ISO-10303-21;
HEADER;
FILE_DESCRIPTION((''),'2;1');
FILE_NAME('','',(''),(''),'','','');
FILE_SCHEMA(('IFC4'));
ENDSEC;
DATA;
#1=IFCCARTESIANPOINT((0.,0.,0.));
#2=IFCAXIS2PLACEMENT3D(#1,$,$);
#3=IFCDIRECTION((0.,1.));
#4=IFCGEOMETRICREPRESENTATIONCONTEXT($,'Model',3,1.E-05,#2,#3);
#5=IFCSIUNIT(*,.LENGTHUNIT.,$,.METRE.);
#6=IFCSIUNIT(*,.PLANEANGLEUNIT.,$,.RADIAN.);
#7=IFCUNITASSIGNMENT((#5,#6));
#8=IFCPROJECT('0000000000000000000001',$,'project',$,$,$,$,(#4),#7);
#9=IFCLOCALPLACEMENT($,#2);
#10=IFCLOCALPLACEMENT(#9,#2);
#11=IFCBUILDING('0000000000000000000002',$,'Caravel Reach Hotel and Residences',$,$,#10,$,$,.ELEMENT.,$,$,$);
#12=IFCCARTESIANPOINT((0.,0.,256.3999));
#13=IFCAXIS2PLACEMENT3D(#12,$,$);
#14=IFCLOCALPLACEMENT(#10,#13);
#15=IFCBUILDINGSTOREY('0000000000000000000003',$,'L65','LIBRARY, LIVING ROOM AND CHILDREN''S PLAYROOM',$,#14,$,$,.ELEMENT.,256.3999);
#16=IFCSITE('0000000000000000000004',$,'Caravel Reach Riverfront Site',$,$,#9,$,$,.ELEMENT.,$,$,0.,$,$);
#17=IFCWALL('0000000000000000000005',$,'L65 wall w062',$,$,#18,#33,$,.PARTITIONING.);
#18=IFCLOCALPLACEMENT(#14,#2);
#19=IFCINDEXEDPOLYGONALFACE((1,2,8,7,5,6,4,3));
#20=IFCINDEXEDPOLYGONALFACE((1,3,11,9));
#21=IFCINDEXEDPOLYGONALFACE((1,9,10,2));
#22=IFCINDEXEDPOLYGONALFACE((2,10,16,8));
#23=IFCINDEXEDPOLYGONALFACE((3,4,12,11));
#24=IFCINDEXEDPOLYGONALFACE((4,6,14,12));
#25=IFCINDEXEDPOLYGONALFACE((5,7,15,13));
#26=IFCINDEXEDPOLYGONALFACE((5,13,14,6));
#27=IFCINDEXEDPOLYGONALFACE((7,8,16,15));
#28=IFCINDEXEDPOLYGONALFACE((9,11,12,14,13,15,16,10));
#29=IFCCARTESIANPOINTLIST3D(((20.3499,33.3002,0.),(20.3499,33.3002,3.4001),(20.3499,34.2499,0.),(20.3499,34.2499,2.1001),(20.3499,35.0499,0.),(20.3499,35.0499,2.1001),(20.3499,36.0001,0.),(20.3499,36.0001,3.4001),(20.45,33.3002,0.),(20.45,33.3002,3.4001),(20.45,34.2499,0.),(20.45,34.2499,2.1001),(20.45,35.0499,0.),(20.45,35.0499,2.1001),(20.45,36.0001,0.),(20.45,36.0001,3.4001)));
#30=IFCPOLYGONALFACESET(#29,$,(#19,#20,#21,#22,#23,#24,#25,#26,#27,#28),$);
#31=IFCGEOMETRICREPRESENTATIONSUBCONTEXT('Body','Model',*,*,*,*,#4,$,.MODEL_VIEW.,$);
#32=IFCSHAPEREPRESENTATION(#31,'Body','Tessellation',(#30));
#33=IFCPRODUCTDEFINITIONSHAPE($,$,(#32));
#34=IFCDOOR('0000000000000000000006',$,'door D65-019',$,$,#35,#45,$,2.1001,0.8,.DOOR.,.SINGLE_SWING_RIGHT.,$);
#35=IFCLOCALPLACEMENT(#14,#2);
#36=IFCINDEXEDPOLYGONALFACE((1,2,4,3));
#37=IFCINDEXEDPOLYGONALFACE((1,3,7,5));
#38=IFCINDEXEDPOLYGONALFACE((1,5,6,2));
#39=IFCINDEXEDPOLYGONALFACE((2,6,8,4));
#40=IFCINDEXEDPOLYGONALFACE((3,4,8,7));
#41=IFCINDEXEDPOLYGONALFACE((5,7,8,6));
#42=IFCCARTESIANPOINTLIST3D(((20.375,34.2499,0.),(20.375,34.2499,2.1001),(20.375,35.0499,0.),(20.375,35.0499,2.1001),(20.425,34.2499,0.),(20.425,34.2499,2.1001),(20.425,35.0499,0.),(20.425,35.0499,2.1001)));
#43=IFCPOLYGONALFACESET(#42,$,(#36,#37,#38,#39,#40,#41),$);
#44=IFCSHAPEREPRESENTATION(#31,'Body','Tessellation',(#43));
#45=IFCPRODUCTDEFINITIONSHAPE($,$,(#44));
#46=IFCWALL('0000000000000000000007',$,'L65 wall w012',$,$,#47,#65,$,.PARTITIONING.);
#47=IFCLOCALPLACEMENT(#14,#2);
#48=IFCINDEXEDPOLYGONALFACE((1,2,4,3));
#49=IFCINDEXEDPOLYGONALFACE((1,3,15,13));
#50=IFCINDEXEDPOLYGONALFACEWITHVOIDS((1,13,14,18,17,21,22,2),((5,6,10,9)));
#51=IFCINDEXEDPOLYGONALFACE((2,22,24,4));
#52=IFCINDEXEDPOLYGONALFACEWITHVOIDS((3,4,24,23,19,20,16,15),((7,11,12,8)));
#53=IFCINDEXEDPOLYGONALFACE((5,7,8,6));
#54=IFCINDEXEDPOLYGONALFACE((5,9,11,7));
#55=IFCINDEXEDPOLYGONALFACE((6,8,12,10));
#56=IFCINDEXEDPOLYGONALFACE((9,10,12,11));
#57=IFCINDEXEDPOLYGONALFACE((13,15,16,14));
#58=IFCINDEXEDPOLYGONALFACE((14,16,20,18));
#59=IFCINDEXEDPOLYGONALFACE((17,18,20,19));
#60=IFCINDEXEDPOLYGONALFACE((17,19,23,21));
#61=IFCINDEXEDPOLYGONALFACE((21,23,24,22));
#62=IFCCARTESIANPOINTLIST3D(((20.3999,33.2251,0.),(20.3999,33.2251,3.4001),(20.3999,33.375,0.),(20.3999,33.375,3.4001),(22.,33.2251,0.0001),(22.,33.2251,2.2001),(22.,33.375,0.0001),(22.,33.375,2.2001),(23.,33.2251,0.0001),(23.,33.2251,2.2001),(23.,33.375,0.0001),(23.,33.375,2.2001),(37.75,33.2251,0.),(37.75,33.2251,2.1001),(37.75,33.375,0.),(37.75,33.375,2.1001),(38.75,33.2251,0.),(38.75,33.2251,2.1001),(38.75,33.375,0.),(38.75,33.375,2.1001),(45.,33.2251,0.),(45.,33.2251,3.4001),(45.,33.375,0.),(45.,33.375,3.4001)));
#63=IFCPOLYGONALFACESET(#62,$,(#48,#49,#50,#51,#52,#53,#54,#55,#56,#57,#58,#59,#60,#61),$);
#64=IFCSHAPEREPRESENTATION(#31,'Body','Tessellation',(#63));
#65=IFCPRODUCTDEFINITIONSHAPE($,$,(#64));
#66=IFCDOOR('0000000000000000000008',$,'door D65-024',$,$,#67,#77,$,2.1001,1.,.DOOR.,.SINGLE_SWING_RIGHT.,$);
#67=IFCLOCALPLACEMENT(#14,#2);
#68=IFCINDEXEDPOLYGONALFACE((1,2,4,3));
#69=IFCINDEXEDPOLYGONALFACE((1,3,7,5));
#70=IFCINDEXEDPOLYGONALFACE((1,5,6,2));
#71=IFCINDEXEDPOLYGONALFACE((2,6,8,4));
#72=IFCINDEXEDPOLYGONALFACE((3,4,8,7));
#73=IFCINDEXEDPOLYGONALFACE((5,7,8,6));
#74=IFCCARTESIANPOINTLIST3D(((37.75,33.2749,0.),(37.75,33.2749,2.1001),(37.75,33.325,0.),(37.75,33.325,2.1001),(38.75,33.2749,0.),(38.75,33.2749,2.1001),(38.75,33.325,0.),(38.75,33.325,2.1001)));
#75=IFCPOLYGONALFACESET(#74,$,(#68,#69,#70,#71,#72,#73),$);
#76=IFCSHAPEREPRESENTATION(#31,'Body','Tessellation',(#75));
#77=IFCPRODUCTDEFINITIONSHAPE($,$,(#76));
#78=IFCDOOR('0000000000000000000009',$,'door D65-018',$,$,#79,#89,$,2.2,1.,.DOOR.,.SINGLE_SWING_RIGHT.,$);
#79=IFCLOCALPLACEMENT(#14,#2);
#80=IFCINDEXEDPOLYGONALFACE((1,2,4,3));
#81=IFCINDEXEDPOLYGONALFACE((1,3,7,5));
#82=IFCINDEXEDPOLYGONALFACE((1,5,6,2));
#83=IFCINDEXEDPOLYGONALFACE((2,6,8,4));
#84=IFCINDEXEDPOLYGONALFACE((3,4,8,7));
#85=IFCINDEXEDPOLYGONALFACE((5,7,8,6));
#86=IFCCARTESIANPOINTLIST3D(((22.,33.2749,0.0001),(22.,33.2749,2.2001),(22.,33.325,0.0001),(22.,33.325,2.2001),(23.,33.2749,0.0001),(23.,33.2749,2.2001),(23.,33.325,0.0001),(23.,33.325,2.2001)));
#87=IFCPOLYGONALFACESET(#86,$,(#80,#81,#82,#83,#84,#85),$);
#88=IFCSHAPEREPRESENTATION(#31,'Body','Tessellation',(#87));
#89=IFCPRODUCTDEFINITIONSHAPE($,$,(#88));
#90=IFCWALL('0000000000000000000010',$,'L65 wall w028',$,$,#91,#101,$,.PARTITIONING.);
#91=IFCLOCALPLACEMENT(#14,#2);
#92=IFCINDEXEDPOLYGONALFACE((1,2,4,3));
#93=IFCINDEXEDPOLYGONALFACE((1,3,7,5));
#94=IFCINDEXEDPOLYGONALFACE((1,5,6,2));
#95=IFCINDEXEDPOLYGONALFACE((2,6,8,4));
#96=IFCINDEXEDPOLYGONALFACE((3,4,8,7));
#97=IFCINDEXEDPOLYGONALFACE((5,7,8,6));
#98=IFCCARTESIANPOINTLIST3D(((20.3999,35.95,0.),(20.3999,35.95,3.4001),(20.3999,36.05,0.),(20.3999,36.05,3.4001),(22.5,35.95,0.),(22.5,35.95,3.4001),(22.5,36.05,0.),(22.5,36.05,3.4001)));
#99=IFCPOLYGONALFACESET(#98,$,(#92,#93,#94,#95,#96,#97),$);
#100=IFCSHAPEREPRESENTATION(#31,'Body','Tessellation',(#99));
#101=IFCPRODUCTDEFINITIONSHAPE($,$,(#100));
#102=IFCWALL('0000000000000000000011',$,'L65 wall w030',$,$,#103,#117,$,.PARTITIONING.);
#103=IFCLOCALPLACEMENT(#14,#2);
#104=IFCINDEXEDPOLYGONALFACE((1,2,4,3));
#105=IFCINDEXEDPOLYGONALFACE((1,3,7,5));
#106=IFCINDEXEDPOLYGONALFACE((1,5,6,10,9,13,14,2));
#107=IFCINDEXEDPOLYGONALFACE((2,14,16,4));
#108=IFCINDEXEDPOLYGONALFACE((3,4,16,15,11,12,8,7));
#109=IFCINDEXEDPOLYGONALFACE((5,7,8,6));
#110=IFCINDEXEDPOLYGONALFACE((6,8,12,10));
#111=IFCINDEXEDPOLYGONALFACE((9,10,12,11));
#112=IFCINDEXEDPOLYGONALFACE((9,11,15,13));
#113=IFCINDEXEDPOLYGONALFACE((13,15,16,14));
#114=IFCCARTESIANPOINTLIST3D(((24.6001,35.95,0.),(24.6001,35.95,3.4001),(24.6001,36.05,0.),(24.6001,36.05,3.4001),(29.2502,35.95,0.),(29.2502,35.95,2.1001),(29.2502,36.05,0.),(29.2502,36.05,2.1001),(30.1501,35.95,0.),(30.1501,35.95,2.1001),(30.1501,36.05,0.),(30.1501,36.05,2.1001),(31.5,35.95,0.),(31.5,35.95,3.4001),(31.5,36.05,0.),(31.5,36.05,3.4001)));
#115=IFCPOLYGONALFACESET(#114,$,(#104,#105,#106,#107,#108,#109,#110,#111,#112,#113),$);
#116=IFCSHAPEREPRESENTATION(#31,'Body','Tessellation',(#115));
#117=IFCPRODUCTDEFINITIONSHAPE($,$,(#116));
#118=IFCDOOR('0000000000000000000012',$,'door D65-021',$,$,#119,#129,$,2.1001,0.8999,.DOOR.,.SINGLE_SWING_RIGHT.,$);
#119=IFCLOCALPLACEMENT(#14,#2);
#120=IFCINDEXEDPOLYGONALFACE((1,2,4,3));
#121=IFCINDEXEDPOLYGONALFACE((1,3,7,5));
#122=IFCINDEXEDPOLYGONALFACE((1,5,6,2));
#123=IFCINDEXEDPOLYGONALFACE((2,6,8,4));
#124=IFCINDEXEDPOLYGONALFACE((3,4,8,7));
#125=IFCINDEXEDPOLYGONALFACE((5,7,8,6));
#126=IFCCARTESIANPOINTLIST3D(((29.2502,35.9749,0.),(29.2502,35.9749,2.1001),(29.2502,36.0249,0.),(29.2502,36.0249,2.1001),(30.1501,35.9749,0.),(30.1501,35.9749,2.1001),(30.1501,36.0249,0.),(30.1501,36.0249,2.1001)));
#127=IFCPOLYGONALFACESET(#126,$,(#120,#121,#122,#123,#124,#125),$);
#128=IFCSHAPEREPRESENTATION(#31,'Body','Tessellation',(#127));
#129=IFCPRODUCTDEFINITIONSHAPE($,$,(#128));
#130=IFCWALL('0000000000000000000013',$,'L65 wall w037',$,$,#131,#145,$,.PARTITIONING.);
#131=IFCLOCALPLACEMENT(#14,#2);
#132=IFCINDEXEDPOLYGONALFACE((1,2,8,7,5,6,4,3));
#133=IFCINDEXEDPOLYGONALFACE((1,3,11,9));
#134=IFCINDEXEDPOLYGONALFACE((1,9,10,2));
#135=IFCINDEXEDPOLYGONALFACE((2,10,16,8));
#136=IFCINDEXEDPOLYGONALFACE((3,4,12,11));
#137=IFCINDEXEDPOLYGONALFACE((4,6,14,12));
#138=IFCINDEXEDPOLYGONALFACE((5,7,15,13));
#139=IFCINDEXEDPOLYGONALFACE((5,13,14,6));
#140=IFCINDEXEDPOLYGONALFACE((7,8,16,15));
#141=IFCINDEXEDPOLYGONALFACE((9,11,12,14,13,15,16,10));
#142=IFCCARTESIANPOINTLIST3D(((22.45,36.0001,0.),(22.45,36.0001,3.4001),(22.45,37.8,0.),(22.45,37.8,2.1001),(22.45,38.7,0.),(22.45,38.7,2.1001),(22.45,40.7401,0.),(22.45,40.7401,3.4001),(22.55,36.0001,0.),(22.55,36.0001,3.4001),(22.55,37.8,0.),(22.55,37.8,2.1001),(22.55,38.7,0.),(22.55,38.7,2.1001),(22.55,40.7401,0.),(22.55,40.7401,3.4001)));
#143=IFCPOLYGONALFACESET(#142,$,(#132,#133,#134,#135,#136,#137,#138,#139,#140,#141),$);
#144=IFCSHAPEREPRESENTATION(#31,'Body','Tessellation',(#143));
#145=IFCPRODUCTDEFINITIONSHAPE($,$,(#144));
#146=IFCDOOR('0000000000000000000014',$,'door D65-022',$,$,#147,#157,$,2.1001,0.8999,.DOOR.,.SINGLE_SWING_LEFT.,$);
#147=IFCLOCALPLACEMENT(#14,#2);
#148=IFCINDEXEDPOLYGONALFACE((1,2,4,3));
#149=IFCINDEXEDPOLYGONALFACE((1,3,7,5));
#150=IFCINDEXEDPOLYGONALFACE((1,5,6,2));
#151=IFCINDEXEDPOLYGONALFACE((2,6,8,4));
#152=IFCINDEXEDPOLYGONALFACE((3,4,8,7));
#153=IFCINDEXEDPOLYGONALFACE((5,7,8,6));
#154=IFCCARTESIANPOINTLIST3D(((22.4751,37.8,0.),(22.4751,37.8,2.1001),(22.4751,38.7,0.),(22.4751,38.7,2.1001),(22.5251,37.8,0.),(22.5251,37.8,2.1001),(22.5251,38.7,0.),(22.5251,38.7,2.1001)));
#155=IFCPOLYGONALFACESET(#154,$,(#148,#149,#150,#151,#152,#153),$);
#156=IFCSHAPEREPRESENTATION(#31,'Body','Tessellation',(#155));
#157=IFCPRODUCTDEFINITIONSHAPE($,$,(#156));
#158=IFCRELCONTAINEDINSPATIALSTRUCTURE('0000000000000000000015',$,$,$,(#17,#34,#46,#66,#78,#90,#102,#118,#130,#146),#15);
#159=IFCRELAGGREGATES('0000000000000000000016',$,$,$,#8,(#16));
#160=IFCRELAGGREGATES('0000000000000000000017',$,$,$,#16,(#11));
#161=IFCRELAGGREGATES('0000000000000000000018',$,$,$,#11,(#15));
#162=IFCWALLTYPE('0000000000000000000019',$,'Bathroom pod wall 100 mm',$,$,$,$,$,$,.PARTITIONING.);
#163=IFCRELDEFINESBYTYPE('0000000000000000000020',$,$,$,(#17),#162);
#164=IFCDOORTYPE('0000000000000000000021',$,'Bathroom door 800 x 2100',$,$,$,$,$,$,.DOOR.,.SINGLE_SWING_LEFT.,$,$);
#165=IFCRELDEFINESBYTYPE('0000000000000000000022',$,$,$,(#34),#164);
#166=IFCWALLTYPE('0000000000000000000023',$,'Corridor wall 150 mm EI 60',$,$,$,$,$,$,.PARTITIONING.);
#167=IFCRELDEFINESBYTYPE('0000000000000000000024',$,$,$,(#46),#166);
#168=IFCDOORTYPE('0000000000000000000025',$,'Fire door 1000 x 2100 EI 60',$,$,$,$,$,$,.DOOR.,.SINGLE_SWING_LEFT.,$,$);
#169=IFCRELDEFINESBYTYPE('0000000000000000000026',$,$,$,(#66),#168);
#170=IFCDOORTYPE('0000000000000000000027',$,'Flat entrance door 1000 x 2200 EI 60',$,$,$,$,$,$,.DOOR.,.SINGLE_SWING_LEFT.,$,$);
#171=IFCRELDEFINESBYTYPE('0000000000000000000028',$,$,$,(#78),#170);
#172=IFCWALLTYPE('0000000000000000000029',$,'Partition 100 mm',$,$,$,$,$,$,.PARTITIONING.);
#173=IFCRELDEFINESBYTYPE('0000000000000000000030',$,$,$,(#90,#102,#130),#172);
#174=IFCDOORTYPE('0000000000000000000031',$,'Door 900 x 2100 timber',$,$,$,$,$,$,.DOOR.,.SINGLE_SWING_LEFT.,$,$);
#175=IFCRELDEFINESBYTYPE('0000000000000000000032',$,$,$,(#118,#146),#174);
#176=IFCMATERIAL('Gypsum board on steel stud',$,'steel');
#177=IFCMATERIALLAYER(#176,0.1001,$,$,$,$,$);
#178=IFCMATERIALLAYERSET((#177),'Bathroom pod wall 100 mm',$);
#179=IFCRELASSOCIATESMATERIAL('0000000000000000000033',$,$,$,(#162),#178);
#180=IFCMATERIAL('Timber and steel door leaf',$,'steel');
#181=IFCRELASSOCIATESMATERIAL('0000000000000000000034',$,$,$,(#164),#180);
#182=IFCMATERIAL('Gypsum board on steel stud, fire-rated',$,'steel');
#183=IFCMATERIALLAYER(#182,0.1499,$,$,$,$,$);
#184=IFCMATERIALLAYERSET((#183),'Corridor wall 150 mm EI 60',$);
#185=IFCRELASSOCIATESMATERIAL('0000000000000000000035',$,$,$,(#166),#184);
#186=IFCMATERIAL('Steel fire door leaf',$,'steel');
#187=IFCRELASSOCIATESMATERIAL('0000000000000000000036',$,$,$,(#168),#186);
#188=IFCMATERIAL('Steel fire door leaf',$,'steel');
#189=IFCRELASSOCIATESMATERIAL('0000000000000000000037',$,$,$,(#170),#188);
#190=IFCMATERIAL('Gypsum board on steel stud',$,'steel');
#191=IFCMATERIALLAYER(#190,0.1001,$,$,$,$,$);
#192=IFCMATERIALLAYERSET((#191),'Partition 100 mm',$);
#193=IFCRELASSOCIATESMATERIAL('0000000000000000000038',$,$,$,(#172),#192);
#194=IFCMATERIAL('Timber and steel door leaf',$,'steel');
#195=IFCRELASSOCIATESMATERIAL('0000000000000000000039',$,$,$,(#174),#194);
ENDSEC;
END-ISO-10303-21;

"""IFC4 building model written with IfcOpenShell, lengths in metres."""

from ifc_helpers import new_model, si_unit, direction, frame, frame_2d, origin, place, context, subcontext, project, spatial, rectangle, extrude, material, layer, layer_set, type_object, element, fill, save


model = new_model("IFC4")

# Units and contexts
model_context = context("Model", 3, precision=1e-05, world=origin(), true_north=direction((0.0, 1.0)))
body_context = subcontext(model_context, "Body", "Model", "MODEL_VIEW")
ifc_project = project(units=[si_unit("LENGTHUNIT", "METRE"), si_unit("PLANEANGLEUNIT", "RADIAN")], contexts=[model_context])

# Site, building, storey
site_placement = place(None, origin())
site = spatial("IfcSite", under=ifc_project, at=site_placement, Name="Caravel Reach Riverfront Site", CompositionType="ELEMENT", RefElevation=0.0)
building_placement = place(site_placement, origin())
building = spatial("IfcBuilding", under=site, at=building_placement, Name="Caravel Reach Hotel and Residences", CompositionType="ELEMENT")
storey_placement = place(building_placement, frame((0.0, 0.0, 256.3999)))
storey = spatial("IfcBuildingStorey", under=building, at=storey_placement, Name="L65", Description="LIBRARY, LIVING ROOM AND CHILDREN'S PLAYROOM", CompositionType="ELEMENT", Elevation=256.3999)

# Wall, opening, door
ifc_material_1 = material(Name="Gypsum board on steel stud", Category="steel")
ifc_layer_1 = layer(ifc_material_1, 0.1001)
ifc_layer_set_1 = layer_set([ifc_layer_1], Name="Bathroom pod wall 100 mm")
wall_type_1 = type_object("IfcWallType", Name="Bathroom pod wall 100 mm", PredefinedType="PARTITIONING", material=ifc_layer_set_1)
wall_1_placement = place(storey_placement, frame((20.3999, 33.3, 0.0), z_axis=(0.0, 0.0, 1.0), x_axis=(0.0, 1.0, 0.0)))
wall_1 = element("IfcWall", 1, at=wall_1_placement, inside=storey, type_object=wall_type_1, Name="L65 wall w062", PredefinedType="PARTITIONING", context=body_context, shape_type="SweptSolid", body=[
    extrude(rectangle(XDim=2.7, YDim=0.1001, at=frame_2d((1.3501, 0.0))), origin(), (0.0, 0.0, 1.0), 3.4001),
])
opening_1_placement = place(wall_1_placement, frame((0.95, 0.0, 0.0)))
opening_1 = element("IfcOpeningElement", 2, at=opening_1_placement, cuts=wall_1, PredefinedType="OPENING", context=body_context, shape_type="SweptSolid", body=[
    extrude(rectangle(XDim=0.8, YDim=2.1001, at=frame_2d((0.3999, 1.05))), frame((0.0, 0.0601, 0.0), z_axis=(0.0, -1.0, 0.0), x_axis=(1.0, 0.0, 0.0)), (0.0, 0.0, 1.0), 0.1201),
])
ifc_material_2 = material(Name="Timber and steel door leaf", Category="steel")
door_type_1 = type_object("IfcDoorType", Name="Bathroom door 800 x 2100", OperationType="SINGLE_SWING_LEFT", PredefinedType="DOOR", material=ifc_material_2)
door_1_placement = place(opening_1_placement, origin())
door_1 = element("IfcDoor", 3, at=door_1_placement, inside=storey, type_object=door_type_1, Name="door D65-019", OperationType="SINGLE_SWING_RIGHT", OverallHeight=2.1001, OverallWidth=0.8, PredefinedType="DOOR", context=body_context, shape_type="SweptSolid", body=[
    extrude(rectangle(XDim=0.8, YDim=2.1001, at=frame_2d((0.3999, 1.05))), frame((0.0, 0.0249, 0.0), z_axis=(0.0, -1.0, 0.0), x_axis=(1.0, 0.0, 0.0)), (0.0, 0.0, 1.0), 0.05),
])
fill(opening_1, door_1)

# Wall, openings, doors
ifc_material_3 = material(Name="Gypsum board on steel stud, fire-rated", Category="steel")
ifc_layer_2 = layer(ifc_material_3, 0.1499)
ifc_layer_set_2 = layer_set([ifc_layer_2], Name="Corridor wall 150 mm EI 60")
wall_type_2 = type_object("IfcWallType", Name="Corridor wall 150 mm EI 60", PredefinedType="PARTITIONING", material=ifc_layer_set_2)
wall_2_placement = place(storey_placement, frame((20.3999, 33.3, 0.0), z_axis=(0.0, 0.0, 1.0), x_axis=(1.0, 0.0, 0.0)))
wall_2 = element("IfcWall", 4, at=wall_2_placement, inside=storey, type_object=wall_type_2, Name="L65 wall w012", PredefinedType="PARTITIONING", context=body_context, shape_type="SweptSolid", body=[
    extrude(rectangle(XDim=24.6001, YDim=0.1499, at=frame_2d((12.3, 0.0))), origin(), (0.0, 0.0, 1.0), 3.4001),
])
opening_2_placement = place(wall_2_placement, frame((1.6001, 0.0, 0.0)))
opening_2 = element("IfcOpeningElement", 5, at=opening_2_placement, cuts=wall_2, PredefinedType="OPENING", context=body_context, shape_type="SweptSolid", body=[
    extrude(rectangle(XDim=1.0, YDim=2.2, at=frame_2d((0.5, 1.1001))), frame((0.0, 0.085, 0.0), z_axis=(0.0, -1.0, 0.0), x_axis=(1.0, 0.0, 0.0)), (0.0, 0.0, 1.0), 0.1699),
])
opening_3_placement = place(wall_2_placement, frame((17.3501, 0.0, 0.0)))
opening_3 = element("IfcOpeningElement", 6, at=opening_3_placement, cuts=wall_2, PredefinedType="OPENING", context=body_context, shape_type="SweptSolid", body=[
    extrude(rectangle(XDim=1.0, YDim=2.1001, at=frame_2d((0.5, 1.05))), frame((0.0, 0.085, 0.0), z_axis=(0.0, -1.0, 0.0), x_axis=(1.0, 0.0, 0.0)), (0.0, 0.0, 1.0), 0.1699),
])
ifc_material_4 = material(Name="Steel fire door leaf", Category="steel")
door_type_2 = type_object("IfcDoorType", Name="Fire door 1000 x 2100 EI 60", OperationType="SINGLE_SWING_LEFT", PredefinedType="DOOR", material=ifc_material_4)
door_2_placement = place(opening_3_placement, origin())
door_2 = element("IfcDoor", 7, at=door_2_placement, inside=storey, type_object=door_type_2, Name="door D65-024", OperationType="SINGLE_SWING_RIGHT", OverallHeight=2.1001, OverallWidth=1.0, PredefinedType="DOOR", context=body_context, shape_type="SweptSolid", body=[
    extrude(rectangle(XDim=1.0, YDim=2.1001, at=frame_2d((0.5, 1.05))), frame((0.0, 0.0249, 0.0), z_axis=(0.0, -1.0, 0.0), x_axis=(1.0, 0.0, 0.0)), (0.0, 0.0, 1.0), 0.05),
])
fill(opening_3, door_2)
ifc_material_5 = material(Name="Steel fire door leaf", Category="steel")
door_type_3 = type_object("IfcDoorType", Name="Flat entrance door 1000 x 2200 EI 60", OperationType="SINGLE_SWING_LEFT", PredefinedType="DOOR", material=ifc_material_5)
door_3_placement = place(opening_2_placement, origin())
door_3 = element("IfcDoor", 8, at=door_3_placement, inside=storey, type_object=door_type_3, Name="door D65-018", OperationType="SINGLE_SWING_RIGHT", OverallHeight=2.2, OverallWidth=1.0, PredefinedType="DOOR", context=body_context, shape_type="SweptSolid", body=[
    extrude(rectangle(XDim=1.0, YDim=2.2, at=frame_2d((0.5, 1.1001))), frame((0.0, 0.0249, 0.0), z_axis=(0.0, -1.0, 0.0), x_axis=(1.0, 0.0, 0.0)), (0.0, 0.0, 1.0), 0.05),
])
fill(opening_2, door_3)

# Wall
ifc_material_6 = material(Name="Gypsum board on steel stud", Category="steel")
ifc_layer_3 = layer(ifc_material_6, 0.1001)
ifc_layer_set_3 = layer_set([ifc_layer_3], Name="Partition 100 mm")
wall_type_3 = type_object("IfcWallType", Name="Partition 100 mm", PredefinedType="PARTITIONING", material=ifc_layer_set_3)
wall_3_placement = place(storey_placement, frame((20.3999, 36.0, 0.0), z_axis=(0.0, 0.0, 1.0), x_axis=(1.0, 0.0, 0.0)))
element("IfcWall", 9, at=wall_3_placement, inside=storey, type_object=wall_type_3, Name="L65 wall w028", PredefinedType="PARTITIONING", context=body_context, shape_type="SweptSolid", body=[
    extrude(rectangle(XDim=2.1001, YDim=0.1001, at=frame_2d((1.05, 0.0))), origin(), (0.0, 0.0, 1.0), 3.4001),
])

# Walls, openings, doors
wall_4_placement = place(storey_placement, frame((24.6001, 36.0, 0.0), z_axis=(0.0, 0.0, 1.0), x_axis=(1.0, 0.0, 0.0)))
wall_4 = element("IfcWall", 10, at=wall_4_placement, inside=storey, type_object=wall_type_3, Name="L65 wall w030", PredefinedType="PARTITIONING", context=body_context, shape_type="SweptSolid", body=[
    extrude(rectangle(XDim=6.8999, YDim=0.1001, at=frame_2d((3.45, 0.0))), origin(), (0.0, 0.0, 1.0), 3.4001),
])
opening_4_placement = place(wall_4_placement, frame((4.6501, 0.0, 0.0)))
opening_4 = element("IfcOpeningElement", 11, at=opening_4_placement, cuts=wall_4, PredefinedType="OPENING", context=body_context, shape_type="SweptSolid", body=[
    extrude(rectangle(XDim=0.8999, YDim=2.1001, at=frame_2d((0.45, 1.05))), frame((0.0, 0.0601, 0.0), z_axis=(0.0, -1.0, 0.0), x_axis=(1.0, 0.0, 0.0)), (0.0, 0.0, 1.0), 0.1201),
])
ifc_material_7 = material(Name="Timber and steel door leaf", Category="steel")
door_type_4 = type_object("IfcDoorType", Name="Door 900 x 2100 timber", OperationType="SINGLE_SWING_LEFT", PredefinedType="DOOR", material=ifc_material_7)
door_4_placement = place(opening_4_placement, origin())
door_4 = element("IfcDoor", 12, at=door_4_placement, inside=storey, type_object=door_type_4, Name="door D65-021", OperationType="SINGLE_SWING_RIGHT", OverallHeight=2.1001, OverallWidth=0.8999, PredefinedType="DOOR", context=body_context, shape_type="SweptSolid", body=[
    extrude(rectangle(XDim=0.8999, YDim=2.1001, at=frame_2d((0.45, 1.05))), frame((0.0, 0.0249, 0.0), z_axis=(0.0, -1.0, 0.0), x_axis=(1.0, 0.0, 0.0)), (0.0, 0.0, 1.0), 0.05),
])
fill(opening_4, door_4)
wall_5_placement = place(storey_placement, frame((22.5, 36.0, 0.0), z_axis=(0.0, 0.0, 1.0), x_axis=(0.0, 1.0, 0.0)))
wall_5 = element("IfcWall", 13, at=wall_5_placement, inside=storey, type_object=wall_type_3, Name="L65 wall w037", PredefinedType="PARTITIONING", context=body_context, shape_type="SweptSolid", body=[
    extrude(rectangle(XDim=4.74, YDim=0.1001, at=frame_2d((2.3701, 0.0))), origin(), (0.0, 0.0, 1.0), 3.4001),
])
opening_5_placement = place(wall_5_placement, frame((1.8, 0.0, 0.0)))
opening_5 = element("IfcOpeningElement", 14, at=opening_5_placement, cuts=wall_5, PredefinedType="OPENING", context=body_context, shape_type="SweptSolid", body=[
    extrude(rectangle(XDim=0.8999, YDim=2.1001, at=frame_2d((0.45, 1.05))), frame((0.0, 0.0601, 0.0), z_axis=(0.0, -1.0, 0.0), x_axis=(1.0, 0.0, 0.0)), (0.0, 0.0, 1.0), 0.1201),
])
door_5_placement = place(opening_5_placement, origin())
door_5 = element("IfcDoor", 15, at=door_5_placement, inside=storey, type_object=door_type_4, Name="door D65-022", OperationType="SINGLE_SWING_LEFT", OverallHeight=2.1001, OverallWidth=0.8999, PredefinedType="DOOR", context=body_context, shape_type="SweptSolid", body=[
    extrude(rectangle(XDim=0.8999, YDim=2.1001, at=frame_2d((0.45, 1.05))), frame((0.0, 0.0249, 0.0), z_axis=(0.0, -1.0, 0.0), x_axis=(1.0, 0.0, 0.0)), (0.0, 0.0, 1.0), 0.05),
])
fill(opening_5, door_5)

save(model, "model.ifc")
